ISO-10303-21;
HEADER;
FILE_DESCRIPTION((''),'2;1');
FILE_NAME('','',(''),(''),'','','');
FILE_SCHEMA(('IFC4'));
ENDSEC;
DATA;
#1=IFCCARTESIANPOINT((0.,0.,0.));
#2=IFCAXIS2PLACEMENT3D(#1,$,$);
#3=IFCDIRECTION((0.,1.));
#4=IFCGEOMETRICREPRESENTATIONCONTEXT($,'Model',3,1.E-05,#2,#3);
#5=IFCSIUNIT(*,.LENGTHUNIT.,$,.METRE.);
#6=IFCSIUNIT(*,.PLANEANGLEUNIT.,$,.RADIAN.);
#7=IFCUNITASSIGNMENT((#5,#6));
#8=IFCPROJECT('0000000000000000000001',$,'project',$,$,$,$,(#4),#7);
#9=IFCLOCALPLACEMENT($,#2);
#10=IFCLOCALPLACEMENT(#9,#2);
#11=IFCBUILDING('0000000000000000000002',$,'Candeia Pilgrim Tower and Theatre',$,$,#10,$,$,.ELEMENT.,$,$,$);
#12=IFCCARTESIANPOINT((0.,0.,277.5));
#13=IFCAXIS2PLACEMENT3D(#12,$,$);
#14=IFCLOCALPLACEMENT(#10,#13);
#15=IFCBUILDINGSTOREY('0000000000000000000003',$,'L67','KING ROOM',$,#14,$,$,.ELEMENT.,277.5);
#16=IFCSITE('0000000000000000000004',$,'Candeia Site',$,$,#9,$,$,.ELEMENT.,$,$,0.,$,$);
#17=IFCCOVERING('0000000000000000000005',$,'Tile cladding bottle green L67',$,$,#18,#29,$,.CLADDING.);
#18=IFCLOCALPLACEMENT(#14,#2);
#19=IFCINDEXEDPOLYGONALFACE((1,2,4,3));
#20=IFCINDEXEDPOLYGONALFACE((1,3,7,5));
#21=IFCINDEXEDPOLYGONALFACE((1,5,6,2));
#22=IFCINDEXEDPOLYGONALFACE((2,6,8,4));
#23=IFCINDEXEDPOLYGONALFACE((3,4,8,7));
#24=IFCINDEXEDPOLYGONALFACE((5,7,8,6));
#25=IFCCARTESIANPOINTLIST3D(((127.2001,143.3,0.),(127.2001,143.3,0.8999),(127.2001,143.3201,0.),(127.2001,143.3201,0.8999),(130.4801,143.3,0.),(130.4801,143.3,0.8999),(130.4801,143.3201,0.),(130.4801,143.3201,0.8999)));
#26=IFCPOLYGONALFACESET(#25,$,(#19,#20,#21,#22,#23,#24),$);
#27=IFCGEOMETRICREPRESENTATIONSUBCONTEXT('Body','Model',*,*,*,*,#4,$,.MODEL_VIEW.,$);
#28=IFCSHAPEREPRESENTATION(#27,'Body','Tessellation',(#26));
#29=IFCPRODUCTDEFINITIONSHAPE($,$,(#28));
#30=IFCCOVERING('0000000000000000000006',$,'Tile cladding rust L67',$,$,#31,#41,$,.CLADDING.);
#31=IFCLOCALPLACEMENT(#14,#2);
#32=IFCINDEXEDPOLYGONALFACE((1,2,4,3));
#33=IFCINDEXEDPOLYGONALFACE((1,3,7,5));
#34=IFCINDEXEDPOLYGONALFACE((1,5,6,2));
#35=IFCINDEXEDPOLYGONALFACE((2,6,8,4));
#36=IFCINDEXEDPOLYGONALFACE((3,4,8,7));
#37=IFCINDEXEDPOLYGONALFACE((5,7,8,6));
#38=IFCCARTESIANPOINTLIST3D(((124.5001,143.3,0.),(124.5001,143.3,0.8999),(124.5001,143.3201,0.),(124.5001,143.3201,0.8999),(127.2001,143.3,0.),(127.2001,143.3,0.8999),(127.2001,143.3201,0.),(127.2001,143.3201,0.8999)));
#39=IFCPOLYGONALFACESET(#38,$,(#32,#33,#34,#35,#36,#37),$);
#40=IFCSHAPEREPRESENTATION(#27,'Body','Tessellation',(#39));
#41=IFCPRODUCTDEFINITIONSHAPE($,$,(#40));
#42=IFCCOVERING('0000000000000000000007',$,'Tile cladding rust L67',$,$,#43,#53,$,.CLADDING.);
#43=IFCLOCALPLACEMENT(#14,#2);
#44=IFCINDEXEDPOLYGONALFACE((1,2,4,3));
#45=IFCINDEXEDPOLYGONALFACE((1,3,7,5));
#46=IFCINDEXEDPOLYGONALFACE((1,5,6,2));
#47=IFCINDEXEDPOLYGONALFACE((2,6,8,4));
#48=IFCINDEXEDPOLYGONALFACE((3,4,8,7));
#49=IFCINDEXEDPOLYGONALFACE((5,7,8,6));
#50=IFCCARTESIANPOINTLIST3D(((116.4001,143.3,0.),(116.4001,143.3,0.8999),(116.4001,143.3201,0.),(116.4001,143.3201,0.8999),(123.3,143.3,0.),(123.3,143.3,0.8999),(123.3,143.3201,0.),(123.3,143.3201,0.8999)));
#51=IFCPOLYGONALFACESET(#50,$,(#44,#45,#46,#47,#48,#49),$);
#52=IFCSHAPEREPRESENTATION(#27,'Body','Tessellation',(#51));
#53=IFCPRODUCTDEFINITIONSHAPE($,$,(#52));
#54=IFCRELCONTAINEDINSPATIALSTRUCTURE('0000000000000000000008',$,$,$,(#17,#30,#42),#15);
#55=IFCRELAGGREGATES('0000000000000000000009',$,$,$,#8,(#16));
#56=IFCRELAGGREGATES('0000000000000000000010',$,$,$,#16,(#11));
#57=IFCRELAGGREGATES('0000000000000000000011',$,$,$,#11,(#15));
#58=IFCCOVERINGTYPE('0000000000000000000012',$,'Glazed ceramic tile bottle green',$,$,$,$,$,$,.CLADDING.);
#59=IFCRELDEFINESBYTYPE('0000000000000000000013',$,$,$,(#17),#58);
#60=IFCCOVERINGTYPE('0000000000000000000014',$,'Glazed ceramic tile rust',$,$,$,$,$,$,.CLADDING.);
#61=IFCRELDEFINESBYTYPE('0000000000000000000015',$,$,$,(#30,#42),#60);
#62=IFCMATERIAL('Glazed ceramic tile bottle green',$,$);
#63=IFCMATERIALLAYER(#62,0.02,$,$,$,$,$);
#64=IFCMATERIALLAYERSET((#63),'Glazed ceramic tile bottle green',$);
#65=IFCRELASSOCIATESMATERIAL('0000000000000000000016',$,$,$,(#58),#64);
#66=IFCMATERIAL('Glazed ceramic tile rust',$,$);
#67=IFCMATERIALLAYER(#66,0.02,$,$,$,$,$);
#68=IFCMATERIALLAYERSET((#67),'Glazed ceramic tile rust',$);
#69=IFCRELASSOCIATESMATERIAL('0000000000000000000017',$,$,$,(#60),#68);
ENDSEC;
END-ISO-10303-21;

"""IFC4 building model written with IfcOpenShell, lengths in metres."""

from ifc_helpers import new_model, si_unit, direction, frame, origin, origin_2d, place, context, subcontext, project, spatial, rectangle, extrude, material, layer, layer_set, type_object, element, save


model = new_model("IFC4")

# Units and contexts
model_context = context("Model", 3, precision=1e-05, world=origin(), true_north=direction((0.0, 1.0)))
body_context = subcontext(model_context, "Body", "Model", "MODEL_VIEW")
ifc_project = project(units=[si_unit("LENGTHUNIT", "METRE"), si_unit("PLANEANGLEUNIT", "RADIAN")], contexts=[model_context])

# Site, building, storey
site_placement = place(None, origin())
site = spatial("IfcSite", under=ifc_project, at=site_placement, Name="Candeia Site", CompositionType="ELEMENT", RefElevation=0.0)
building_placement = place(site_placement, origin())
building = spatial("IfcBuilding", under=site, at=building_placement, Name="Candeia Pilgrim Tower and Theatre", CompositionType="ELEMENT")
storey_placement = place(building_placement, frame((0.0, 0.0, 277.5)))
storey = spatial("IfcBuildingStorey", under=building, at=storey_placement, Name="L67", Description="KING ROOM", CompositionType="ELEMENT", Elevation=277.5)

# Coverings
ifc_material_1 = material(Name="Glazed ceramic tile bottle green")
ifc_layer_1 = layer(ifc_material_1, 0.02)
ifc_layer_set_1 = layer_set([ifc_layer_1], Name="Glazed ceramic tile bottle green")
covering_type_1 = type_object("IfcCoveringType", Name="Glazed ceramic tile bottle green", PredefinedType="CLADDING", material=ifc_layer_set_1)
covering_1_placement = place(storey_placement, frame((128.8401, 143.3101, 0.0), z_axis=(0.0, 0.0, 1.0), x_axis=(-1.0, 0.0, 0.0)))
element("IfcCovering", 1, at=covering_1_placement, inside=storey, type_object=covering_type_1, Name="Tile cladding bottle green L67", PredefinedType="CLADDING", context=body_context, shape_type="SweptSolid", body=[
    extrude(rectangle(XDim=3.28, YDim=0.02, at=origin_2d()), origin(), (0.0, 0.0, 1.0), 0.8999),
])
ifc_material_2 = material(Name="Glazed ceramic tile rust")
ifc_layer_2 = layer(ifc_material_2, 0.02)
ifc_layer_set_2 = layer_set([ifc_layer_2], Name="Glazed ceramic tile rust")
covering_type_2 = type_object("IfcCoveringType", Name="Glazed ceramic tile rust", PredefinedType="CLADDING", material=ifc_layer_set_2)
covering_2_placement = place(storey_placement, frame((125.8501, 143.3101, 0.0), z_axis=(0.0, 0.0, 1.0), x_axis=(-1.0, 0.0, 0.0)))
element("IfcCovering", 2, at=covering_2_placement, inside=storey, type_object=covering_type_2, Name="Tile cladding rust L67", PredefinedType="CLADDING", context=body_context, shape_type="SweptSolid", body=[
    extrude(rectangle(XDim=2.7, YDim=0.02, at=origin_2d()), origin(), (0.0, 0.0, 1.0), 0.8999),
])
covering_3_placement = place(storey_placement, frame((119.8501, 143.3101, 0.0), z_axis=(0.0, 0.0, 1.0), x_axis=(-1.0, 0.0, 0.0)))
element("IfcCovering", 3, at=covering_3_placement, inside=storey, type_object=covering_type_2, Name="Tile cladding rust L67", PredefinedType="CLADDING", context=body_context, shape_type="SweptSolid", body=[
    extrude(rectangle(XDim=6.8999, YDim=0.02, at=origin_2d()), origin(), (0.0, 0.0, 1.0), 0.8999),
])

save(model, "model.ifc")
